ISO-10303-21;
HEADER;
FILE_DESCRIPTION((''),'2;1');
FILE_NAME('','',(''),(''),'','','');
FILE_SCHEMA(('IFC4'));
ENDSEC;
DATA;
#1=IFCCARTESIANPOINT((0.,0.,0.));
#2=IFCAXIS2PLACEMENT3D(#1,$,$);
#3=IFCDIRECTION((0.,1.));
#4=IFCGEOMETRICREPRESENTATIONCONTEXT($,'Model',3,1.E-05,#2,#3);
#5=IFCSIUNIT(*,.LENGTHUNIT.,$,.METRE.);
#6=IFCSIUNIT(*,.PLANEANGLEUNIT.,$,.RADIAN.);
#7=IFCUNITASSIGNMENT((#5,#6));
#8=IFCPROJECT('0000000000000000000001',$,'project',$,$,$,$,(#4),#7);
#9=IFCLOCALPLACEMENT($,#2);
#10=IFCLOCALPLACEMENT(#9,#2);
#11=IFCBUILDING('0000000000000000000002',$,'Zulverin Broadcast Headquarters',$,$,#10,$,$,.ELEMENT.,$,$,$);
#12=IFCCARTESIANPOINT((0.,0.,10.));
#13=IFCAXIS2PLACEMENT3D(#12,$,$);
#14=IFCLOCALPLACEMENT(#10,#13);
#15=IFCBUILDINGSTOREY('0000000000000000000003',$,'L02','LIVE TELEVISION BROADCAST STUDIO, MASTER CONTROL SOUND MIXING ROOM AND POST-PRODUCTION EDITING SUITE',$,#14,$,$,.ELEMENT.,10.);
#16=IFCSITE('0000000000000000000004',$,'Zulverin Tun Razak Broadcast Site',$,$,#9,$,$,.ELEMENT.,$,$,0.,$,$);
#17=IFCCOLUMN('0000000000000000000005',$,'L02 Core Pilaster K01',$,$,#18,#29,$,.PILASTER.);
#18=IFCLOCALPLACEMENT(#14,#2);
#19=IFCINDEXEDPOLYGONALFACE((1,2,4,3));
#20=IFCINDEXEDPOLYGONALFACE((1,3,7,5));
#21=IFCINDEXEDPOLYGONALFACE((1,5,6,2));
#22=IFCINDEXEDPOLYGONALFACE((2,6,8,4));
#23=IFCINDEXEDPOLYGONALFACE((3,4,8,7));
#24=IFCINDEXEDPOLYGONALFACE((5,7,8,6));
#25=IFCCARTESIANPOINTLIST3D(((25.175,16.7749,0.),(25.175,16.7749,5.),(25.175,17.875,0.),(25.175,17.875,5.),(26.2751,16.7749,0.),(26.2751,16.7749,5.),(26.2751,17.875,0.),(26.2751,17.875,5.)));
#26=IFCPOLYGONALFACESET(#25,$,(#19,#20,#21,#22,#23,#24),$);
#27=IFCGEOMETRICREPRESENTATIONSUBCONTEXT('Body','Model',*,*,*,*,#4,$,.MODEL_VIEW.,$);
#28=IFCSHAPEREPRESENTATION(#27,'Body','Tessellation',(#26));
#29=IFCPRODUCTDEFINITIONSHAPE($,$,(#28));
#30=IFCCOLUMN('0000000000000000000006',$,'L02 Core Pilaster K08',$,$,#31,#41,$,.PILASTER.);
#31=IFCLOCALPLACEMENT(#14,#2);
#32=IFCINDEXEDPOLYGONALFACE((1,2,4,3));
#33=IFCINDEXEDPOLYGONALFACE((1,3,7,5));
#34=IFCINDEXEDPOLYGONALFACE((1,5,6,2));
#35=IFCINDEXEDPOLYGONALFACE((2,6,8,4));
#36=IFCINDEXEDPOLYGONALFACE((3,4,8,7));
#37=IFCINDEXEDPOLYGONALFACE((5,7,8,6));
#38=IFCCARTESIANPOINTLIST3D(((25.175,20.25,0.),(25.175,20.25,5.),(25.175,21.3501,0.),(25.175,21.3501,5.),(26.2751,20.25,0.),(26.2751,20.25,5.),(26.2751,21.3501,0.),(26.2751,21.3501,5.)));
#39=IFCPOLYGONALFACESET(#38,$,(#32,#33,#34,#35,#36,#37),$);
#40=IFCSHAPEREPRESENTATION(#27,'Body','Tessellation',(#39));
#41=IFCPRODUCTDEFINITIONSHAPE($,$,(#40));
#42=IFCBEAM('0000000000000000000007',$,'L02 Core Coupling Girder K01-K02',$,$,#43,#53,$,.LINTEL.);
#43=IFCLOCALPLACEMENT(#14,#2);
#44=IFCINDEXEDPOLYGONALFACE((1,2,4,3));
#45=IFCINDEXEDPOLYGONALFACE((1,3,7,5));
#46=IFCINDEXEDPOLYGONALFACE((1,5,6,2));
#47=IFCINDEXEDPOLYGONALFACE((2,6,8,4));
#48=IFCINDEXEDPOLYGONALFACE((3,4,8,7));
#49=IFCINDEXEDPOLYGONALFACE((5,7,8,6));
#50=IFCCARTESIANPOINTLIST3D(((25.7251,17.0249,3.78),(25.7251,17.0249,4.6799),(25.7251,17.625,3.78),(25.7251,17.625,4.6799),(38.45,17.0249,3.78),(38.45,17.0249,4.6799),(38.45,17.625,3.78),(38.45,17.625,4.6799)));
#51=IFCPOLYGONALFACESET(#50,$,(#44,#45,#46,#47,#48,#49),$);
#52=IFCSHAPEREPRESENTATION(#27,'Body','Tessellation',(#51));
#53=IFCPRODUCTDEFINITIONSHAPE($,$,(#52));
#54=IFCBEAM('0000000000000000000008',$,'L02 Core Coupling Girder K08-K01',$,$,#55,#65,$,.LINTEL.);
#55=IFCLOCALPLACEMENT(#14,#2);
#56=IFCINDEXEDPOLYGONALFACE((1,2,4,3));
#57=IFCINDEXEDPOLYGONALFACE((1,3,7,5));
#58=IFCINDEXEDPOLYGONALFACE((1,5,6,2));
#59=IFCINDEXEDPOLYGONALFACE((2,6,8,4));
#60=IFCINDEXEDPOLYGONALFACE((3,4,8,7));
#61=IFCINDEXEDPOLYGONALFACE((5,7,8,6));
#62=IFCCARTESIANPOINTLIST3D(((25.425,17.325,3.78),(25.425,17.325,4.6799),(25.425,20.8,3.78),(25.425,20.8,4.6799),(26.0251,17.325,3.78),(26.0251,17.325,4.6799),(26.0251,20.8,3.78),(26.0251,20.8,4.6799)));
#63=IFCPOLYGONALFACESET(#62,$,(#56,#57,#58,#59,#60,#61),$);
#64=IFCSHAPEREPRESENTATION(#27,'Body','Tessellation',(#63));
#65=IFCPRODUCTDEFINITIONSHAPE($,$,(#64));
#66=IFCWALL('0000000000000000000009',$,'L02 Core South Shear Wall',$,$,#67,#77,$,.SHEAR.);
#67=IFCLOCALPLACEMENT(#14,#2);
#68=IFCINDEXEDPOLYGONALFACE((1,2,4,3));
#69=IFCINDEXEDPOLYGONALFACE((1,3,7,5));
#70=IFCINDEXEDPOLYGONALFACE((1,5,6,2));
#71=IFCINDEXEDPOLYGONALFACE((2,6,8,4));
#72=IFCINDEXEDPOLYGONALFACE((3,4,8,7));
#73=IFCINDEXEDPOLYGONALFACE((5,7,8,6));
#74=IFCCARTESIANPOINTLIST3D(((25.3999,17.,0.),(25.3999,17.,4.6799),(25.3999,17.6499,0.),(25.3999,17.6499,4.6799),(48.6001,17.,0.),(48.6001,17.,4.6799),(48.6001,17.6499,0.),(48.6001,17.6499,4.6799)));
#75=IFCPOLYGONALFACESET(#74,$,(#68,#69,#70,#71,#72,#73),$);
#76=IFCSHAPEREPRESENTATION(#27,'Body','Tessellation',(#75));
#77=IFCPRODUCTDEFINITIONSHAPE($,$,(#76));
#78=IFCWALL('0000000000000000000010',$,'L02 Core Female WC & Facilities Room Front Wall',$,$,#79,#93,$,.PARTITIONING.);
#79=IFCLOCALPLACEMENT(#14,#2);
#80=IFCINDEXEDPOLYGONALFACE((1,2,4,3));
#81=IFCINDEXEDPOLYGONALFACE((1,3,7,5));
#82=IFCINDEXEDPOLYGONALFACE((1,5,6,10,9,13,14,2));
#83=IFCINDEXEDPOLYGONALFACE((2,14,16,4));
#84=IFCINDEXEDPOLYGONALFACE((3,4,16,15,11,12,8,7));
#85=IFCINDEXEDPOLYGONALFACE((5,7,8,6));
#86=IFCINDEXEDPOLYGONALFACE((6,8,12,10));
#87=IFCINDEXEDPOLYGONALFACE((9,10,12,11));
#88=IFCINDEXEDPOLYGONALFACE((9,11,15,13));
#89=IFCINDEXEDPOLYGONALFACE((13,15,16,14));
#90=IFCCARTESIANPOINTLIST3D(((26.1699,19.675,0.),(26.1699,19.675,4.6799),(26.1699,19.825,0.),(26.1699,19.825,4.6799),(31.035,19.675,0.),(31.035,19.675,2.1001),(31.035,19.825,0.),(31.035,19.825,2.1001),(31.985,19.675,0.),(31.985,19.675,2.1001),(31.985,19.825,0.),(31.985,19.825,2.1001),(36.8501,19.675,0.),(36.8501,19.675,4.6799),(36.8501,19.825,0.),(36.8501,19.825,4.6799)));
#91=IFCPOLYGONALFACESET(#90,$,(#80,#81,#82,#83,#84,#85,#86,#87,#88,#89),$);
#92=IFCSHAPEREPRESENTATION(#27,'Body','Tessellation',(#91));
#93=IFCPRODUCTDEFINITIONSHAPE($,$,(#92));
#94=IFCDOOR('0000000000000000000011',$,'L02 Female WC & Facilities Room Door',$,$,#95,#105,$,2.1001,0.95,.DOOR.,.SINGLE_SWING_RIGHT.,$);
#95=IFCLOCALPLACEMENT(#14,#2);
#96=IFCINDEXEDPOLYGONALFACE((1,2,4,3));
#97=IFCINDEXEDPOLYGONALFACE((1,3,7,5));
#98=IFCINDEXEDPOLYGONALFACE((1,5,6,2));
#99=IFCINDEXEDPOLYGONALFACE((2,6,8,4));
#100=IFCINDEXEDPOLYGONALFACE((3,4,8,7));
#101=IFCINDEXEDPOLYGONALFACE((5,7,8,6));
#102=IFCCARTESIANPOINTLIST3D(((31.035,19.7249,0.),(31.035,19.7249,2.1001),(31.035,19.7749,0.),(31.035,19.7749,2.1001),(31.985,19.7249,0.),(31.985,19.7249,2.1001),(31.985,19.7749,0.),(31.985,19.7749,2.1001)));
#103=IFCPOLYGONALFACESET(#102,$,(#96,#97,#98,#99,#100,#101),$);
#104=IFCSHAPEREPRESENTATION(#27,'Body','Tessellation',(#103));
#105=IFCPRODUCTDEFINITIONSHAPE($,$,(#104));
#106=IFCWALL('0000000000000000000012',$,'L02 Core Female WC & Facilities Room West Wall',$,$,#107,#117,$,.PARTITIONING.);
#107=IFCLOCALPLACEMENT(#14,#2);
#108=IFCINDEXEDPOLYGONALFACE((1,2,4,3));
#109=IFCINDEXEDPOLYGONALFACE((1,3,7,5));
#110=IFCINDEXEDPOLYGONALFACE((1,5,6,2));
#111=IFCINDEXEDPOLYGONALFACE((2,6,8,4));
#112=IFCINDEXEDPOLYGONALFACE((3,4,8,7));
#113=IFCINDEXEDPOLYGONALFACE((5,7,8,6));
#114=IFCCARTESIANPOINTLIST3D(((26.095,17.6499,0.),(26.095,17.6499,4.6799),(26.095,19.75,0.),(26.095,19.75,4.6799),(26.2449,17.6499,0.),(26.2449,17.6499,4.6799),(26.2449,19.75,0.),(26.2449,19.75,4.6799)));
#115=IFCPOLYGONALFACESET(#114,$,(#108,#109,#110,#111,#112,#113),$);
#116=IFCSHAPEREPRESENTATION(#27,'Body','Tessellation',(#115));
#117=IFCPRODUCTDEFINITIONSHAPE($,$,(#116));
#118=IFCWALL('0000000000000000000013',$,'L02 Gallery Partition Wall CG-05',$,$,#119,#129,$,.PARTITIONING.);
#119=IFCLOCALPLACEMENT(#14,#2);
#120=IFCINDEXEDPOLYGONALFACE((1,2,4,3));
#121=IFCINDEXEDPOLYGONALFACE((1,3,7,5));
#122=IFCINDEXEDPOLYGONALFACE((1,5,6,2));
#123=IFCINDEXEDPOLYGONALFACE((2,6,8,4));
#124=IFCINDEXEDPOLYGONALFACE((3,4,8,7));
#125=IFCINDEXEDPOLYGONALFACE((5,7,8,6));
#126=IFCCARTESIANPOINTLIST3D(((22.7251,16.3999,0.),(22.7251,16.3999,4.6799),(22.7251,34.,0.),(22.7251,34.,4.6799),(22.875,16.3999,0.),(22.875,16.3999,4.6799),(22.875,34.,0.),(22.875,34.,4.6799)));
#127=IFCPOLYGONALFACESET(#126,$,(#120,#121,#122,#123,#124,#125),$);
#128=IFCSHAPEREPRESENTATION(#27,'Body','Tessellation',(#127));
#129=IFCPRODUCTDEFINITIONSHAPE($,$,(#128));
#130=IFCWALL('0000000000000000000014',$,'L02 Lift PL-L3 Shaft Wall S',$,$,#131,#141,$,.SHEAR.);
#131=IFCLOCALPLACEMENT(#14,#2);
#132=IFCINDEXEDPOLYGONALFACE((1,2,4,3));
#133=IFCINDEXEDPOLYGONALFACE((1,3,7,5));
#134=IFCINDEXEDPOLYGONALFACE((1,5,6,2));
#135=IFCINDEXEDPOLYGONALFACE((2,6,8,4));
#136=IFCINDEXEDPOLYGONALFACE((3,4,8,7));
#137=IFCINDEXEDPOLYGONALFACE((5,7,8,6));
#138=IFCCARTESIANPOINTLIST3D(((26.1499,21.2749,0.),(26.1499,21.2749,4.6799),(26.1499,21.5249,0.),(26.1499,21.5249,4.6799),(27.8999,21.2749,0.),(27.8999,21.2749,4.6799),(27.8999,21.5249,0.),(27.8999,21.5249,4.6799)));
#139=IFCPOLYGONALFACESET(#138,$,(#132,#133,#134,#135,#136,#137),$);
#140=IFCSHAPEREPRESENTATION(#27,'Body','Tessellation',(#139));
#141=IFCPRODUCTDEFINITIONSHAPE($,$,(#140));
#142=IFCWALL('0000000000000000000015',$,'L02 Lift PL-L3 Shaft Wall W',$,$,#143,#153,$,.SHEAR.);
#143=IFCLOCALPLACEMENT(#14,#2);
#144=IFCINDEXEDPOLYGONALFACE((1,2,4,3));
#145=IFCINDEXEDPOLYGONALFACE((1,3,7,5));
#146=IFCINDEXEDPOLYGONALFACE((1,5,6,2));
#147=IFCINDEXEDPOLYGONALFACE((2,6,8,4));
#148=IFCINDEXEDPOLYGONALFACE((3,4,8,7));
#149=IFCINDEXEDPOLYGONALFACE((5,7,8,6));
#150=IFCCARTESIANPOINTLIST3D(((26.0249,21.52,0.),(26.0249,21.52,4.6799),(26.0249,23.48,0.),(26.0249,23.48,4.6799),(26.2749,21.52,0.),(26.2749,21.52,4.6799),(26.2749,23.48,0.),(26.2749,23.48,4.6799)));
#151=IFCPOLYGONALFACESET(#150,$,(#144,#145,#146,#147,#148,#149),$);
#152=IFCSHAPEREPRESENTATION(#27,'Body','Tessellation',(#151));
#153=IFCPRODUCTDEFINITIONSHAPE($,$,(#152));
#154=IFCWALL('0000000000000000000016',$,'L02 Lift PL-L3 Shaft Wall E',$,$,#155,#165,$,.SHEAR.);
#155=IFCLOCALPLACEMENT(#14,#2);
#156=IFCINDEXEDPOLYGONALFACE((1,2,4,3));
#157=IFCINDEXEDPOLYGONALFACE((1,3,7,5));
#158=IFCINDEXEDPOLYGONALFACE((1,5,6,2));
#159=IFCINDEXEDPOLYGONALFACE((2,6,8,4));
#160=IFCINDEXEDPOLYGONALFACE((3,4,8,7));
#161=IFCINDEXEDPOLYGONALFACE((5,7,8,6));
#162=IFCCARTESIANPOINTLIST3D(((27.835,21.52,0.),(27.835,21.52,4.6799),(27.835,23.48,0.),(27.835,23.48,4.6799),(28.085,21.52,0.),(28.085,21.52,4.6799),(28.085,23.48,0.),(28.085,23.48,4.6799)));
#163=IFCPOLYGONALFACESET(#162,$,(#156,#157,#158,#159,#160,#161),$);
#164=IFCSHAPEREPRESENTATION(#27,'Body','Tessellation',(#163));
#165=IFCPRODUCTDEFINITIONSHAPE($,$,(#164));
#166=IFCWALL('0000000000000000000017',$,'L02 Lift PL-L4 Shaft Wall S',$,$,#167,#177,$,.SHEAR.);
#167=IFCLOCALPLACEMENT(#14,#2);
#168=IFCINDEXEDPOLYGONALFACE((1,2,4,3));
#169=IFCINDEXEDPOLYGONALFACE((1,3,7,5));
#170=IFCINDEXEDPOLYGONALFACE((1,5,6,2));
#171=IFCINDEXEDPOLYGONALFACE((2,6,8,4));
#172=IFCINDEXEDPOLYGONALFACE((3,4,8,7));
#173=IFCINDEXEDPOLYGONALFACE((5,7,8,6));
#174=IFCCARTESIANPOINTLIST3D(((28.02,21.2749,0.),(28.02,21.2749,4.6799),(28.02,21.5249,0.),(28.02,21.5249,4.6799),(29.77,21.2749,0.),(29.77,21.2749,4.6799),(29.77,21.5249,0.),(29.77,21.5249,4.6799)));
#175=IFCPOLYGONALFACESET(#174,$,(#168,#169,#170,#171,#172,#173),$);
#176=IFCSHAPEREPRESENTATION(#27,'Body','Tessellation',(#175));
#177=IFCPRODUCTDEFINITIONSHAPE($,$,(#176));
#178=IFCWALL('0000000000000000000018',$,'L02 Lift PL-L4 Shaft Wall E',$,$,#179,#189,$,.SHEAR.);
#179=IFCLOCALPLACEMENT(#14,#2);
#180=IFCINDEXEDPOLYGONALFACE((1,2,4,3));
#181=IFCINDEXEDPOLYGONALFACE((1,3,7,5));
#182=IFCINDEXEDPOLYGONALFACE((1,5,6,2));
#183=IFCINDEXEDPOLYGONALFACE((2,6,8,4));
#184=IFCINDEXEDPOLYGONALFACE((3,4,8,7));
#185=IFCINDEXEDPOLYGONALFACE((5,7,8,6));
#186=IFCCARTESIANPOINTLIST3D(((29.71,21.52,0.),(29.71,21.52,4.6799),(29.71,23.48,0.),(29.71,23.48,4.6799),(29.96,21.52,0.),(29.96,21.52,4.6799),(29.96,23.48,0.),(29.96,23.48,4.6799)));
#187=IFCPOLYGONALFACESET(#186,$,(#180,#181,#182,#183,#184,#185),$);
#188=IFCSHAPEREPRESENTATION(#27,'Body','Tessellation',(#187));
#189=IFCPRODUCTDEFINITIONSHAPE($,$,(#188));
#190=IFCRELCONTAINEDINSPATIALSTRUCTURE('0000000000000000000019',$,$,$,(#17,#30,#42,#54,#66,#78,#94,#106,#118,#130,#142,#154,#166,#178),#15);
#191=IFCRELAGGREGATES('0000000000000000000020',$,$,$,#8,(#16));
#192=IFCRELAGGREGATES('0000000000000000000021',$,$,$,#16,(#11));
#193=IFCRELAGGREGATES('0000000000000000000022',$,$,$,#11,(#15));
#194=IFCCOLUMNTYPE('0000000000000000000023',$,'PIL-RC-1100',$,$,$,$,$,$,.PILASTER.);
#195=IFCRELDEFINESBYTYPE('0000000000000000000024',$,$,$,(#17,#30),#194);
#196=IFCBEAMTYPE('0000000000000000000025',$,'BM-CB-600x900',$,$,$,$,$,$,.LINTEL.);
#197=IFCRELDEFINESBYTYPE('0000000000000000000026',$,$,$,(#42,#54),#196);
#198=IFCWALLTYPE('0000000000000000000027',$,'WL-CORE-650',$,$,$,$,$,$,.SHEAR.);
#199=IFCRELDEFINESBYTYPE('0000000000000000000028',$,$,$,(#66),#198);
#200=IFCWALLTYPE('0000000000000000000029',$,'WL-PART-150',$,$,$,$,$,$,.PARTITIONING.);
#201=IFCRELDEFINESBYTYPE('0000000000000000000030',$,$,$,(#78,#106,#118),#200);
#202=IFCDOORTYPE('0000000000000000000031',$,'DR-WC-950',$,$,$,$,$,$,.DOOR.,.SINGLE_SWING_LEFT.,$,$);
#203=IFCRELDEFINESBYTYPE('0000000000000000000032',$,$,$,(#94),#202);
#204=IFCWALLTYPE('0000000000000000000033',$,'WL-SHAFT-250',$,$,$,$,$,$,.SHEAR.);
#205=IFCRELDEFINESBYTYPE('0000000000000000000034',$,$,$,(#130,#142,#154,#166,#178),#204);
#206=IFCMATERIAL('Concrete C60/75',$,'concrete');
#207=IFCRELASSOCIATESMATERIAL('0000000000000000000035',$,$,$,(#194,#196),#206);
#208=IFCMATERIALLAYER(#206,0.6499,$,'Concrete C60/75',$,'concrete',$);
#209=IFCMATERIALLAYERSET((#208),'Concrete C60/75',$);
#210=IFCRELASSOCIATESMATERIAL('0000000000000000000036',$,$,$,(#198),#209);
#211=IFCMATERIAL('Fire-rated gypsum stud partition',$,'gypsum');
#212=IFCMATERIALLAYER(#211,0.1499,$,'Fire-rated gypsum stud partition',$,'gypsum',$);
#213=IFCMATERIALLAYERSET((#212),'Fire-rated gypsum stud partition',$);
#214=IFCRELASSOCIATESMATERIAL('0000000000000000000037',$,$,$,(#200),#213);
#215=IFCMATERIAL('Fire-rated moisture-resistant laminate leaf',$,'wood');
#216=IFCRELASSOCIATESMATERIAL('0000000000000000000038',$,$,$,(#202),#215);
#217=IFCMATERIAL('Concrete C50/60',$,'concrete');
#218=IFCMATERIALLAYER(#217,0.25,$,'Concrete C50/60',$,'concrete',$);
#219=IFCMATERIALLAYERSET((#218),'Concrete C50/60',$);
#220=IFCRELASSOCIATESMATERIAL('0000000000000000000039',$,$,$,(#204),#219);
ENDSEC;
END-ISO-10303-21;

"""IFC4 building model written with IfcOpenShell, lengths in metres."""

from ifc_helpers import new_model, si_unit, direction, frame, frame_2d, origin, origin_2d, place, context, subcontext, project, spatial, rectangle, extrude, material, layer, layer_set, material_profile, profile_set, type_object, element, fill, save


model = new_model("IFC4")

# Units and contexts
model_context = context("Model", 3, precision=1e-05, world=origin(), true_north=direction((0.0, 1.0)))
body_context = subcontext(model_context, "Body", "Model", "MODEL_VIEW")
ifc_project = project(units=[si_unit("LENGTHUNIT", "METRE"), si_unit("PLANEANGLEUNIT", "RADIAN")], contexts=[model_context])

# Site, building, storey
site_placement = place(None, origin())
site = spatial("IfcSite", under=ifc_project, at=site_placement, Name="Zulverin Tun Razak Broadcast Site", CompositionType="ELEMENT", RefElevation=0.0)
building_placement = place(site_placement, origin())
building = spatial("IfcBuilding", under=site, at=building_placement, Name="Zulverin Broadcast Headquarters", CompositionType="ELEMENT")
storey_placement = place(building_placement, frame((0.0, 0.0, 10.0)))
storey = spatial("IfcBuildingStorey", under=building, at=storey_placement, Name="L02", Description="LIVE TELEVISION BROADCAST STUDIO, MASTER CONTROL SOUND MIXING ROOM AND POST-PRODUCTION EDITING SUITE", CompositionType="ELEMENT", Elevation=10.0)

# Columns
ifc_material_1 = material(Name="Concrete C60/75", Category="concrete")
ifc_material_profile_1 = material_profile(ifc_material_1, rectangle(XDim=1.1001, YDim=1.1001, at=origin_2d()), Name="Concrete C60/75", Category="concrete")
ifc_profile_set_1 = profile_set([ifc_material_profile_1], Name="Concrete C60/75")
column_type = type_object("IfcColumnType", Name="PIL-RC-1100", PredefinedType="PILASTER", material=ifc_profile_set_1)
for number, where, z_axis, x_axis, name in (
    (1, (25.7251, 17.325, 0.0), (0.0, 0.0, 1.0), (1.0, 0.0, 0.0), "L02 Core Pilaster K01"),
    (2, (25.7251, 20.8, 0.0), (0.0, 0.0, 1.0), (1.0, 0.0, 0.0), "L02 Core Pilaster K08"),
):
    element("IfcColumn", number, at=place(storey_placement, frame(where, z_axis=z_axis, x_axis=x_axis)), inside=storey, type_object=column_type, Name=name, PredefinedType="PILASTER", context=body_context, shape_type="SweptSolid", body=[
        extrude(rectangle(XDim=1.1001, YDim=1.1001, at=origin_2d()), origin(), (0.0, 0.0, 1.0), 5.0),
    ])

# Beams
ifc_material_profile_2 = material_profile(ifc_material_1, rectangle(XDim=0.6001, YDim=0.8999, at=origin_2d()), Name="Concrete C60/75", Category="concrete")
ifc_profile_set_2 = profile_set([ifc_material_profile_2], Name="Concrete C60/75")
beam_type = type_object("IfcBeamType", Name="BM-CB-600x900", PredefinedType="LINTEL", material=ifc_profile_set_2)
beam_1_placement = place(storey_placement, frame((25.7251, 17.325, 4.23), z_axis=(1.0, 0.0, 0.0), x_axis=(0.0, 1.0, 0.0)))
element("IfcBeam", 3, at=beam_1_placement, inside=storey, type_object=beam_type, Name="L02 Core Coupling Girder K01-K02", PredefinedType="LINTEL", context=body_context, shape_type="SweptSolid", body=[
    extrude(rectangle(XDim=0.6001, YDim=0.8999, at=origin_2d()), origin(), (0.0, 0.0, 1.0), 12.7249),
])
beam_2_placement = place(storey_placement, frame((25.7251, 20.8, 4.23), z_axis=(0.0, -1.0, 0.0), x_axis=(1.0, 0.0, 0.0)))
element("IfcBeam", 4, at=beam_2_placement, inside=storey, type_object=beam_type, Name="L02 Core Coupling Girder K08-K01", PredefinedType="LINTEL", context=body_context, shape_type="SweptSolid", body=[
    extrude(rectangle(XDim=0.6001, YDim=0.8999, at=origin_2d()), origin(), (0.0, 0.0, 1.0), 3.4751),
])

# Wall
ifc_layer_1 = layer(ifc_material_1, 0.6499, Name="Concrete C60/75", Category="concrete")
ifc_layer_set_1 = layer_set([ifc_layer_1], Name="Concrete C60/75")
wall_type_1 = type_object("IfcWallType", Name="WL-CORE-650", PredefinedType="SHEAR", material=ifc_layer_set_1)
wall_1_placement = place(storey_placement, frame((25.3999, 17.325, 0.0), z_axis=(0.0, 0.0, 1.0), x_axis=(1.0, 0.0, 0.0)))
element("IfcWall", 5, at=wall_1_placement, inside=storey, type_object=wall_type_1, Name="L02 Core South Shear Wall", PredefinedType="SHEAR", context=body_context, shape_type="SweptSolid", body=[
    extrude(rectangle(XDim=23.2002, YDim=0.6499, at=frame_2d((11.6001, 0.0))), origin(), (0.0, 0.0, 1.0), 4.6799),
])

# Wall, opening, door
ifc_material_2 = material(Name="Fire-rated gypsum stud partition", Category="gypsum")
ifc_layer_2 = layer(ifc_material_2, 0.1499, Name="Fire-rated gypsum stud partition", Category="gypsum")
ifc_layer_set_2 = layer_set([ifc_layer_2], Name="Fire-rated gypsum stud partition")
wall_type_2 = type_object("IfcWallType", Name="WL-PART-150", PredefinedType="PARTITIONING", material=ifc_layer_set_2)
wall_2_placement = place(storey_placement, frame((26.1699, 19.75, 0.0), z_axis=(0.0, 0.0, 1.0), x_axis=(1.0, 0.0, 0.0)))
wall_2 = element("IfcWall", 6, at=wall_2_placement, inside=storey, type_object=wall_type_2, Name="L02 Core Female WC & Facilities Room Front Wall", PredefinedType="PARTITIONING", context=body_context, shape_type="SweptSolid", body=[
    extrude(rectangle(XDim=10.6802, YDim=0.1499, at=frame_2d((5.3401, 0.0))), origin(), (0.0, 0.0, 1.0), 4.6799),
])
opening_1_placement = place(wall_2_placement, frame((4.865, 0.0, 0.0)))
opening_1 = element("IfcOpeningElement", 7, at=opening_1_placement, cuts=wall_2, PredefinedType="OPENING", context=body_context, shape_type="SweptSolid", body=[
    extrude(rectangle(XDim=0.95, YDim=2.1001, at=frame_2d((0.4751, 1.05))), frame((0.0, 0.085, 0.0), z_axis=(0.0, -1.0, 0.0), x_axis=(1.0, 0.0, 0.0)), (0.0, 0.0, 1.0), 0.1699),
])
ifc_material_3 = material(Name="Fire-rated moisture-resistant laminate leaf", Category="wood")
door_type_1 = type_object("IfcDoorType", Name="DR-WC-950", OperationType="SINGLE_SWING_LEFT", PredefinedType="DOOR", material=ifc_material_3)
door_1_placement = place(opening_1_placement, origin())
door_1 = element("IfcDoor", 8, at=door_1_placement, inside=storey, type_object=door_type_1, Name="L02 Female WC & Facilities Room Door", OperationType="SINGLE_SWING_RIGHT", OverallHeight=2.1001, OverallWidth=0.95, PredefinedType="DOOR", context=body_context, shape_type="SweptSolid", body=[
    extrude(rectangle(XDim=0.95, YDim=2.1001, at=frame_2d((0.4751, 1.05))), frame((0.0, 0.0249, 0.0), z_axis=(0.0, -1.0, 0.0), x_axis=(1.0, 0.0, 0.0)), (0.0, 0.0, 1.0), 0.05),
])
fill(opening_1, door_1)

# Walls
wall_3_placement = place(storey_placement, frame((26.1699, 17.6499, 0.0), z_axis=(0.0, 0.0, 1.0), x_axis=(0.0, 1.0, 0.0)))
element("IfcWall", 9, at=wall_3_placement, inside=storey, type_object=wall_type_2, Name="L02 Core Female WC & Facilities Room West Wall", PredefinedType="PARTITIONING", context=body_context, shape_type="SweptSolid", body=[
    extrude(rectangle(XDim=2.1001, YDim=0.1499, at=frame_2d((1.05, 0.0))), origin(), (0.0, 0.0, 1.0), 4.6799),
])
wall_4_placement = place(storey_placement, frame((22.8, 16.3999, 0.0), z_axis=(0.0, 0.0, 1.0), x_axis=(0.0, 1.0, 0.0)))
element("IfcWall", 10, at=wall_4_placement, inside=storey, type_object=wall_type_2, Name="L02 Gallery Partition Wall CG-05", PredefinedType="PARTITIONING", context=body_context, shape_type="SweptSolid", body=[
    extrude(rectangle(XDim=17.6001, YDim=0.1499, at=frame_2d((8.8, 0.0))), origin(), (0.0, 0.0, 1.0), 4.6799),
])

# Shared definitions
ifc_material_4 = material(Name="Concrete C50/60", Category="concrete")
ifc_layer_3 = layer(ifc_material_4, 0.25, Name="Concrete C50/60", Category="concrete")
ifc_layer_set_3 = layer_set([ifc_layer_3], Name="Concrete C50/60")
wall_type_3 = type_object("IfcWallType", Name="WL-SHAFT-250", PredefinedType="SHEAR", material=ifc_layer_set_3)

# Wall
wall_5_placement = place(storey_placement, frame((26.1499, 21.3999, 0.0), z_axis=(0.0, 0.0, 1.0), x_axis=(1.0, 0.0, 0.0)))
element("IfcWall", 11, at=wall_5_placement, inside=storey, type_object=wall_type_3, Name="L02 Lift PL-L3 Shaft Wall S", PredefinedType="SHEAR", context=body_context, shape_type="SweptSolid", body=[
    extrude(rectangle(XDim=1.75, YDim=0.25, at=frame_2d((0.875, 0.0))), origin(), (0.0, 0.0, 1.0), 4.6799),
])

# Walls
for number, where, z_axis, x_axis, name in (
    (12, (26.1499, 21.52, 0.0), (0.0, 0.0, 1.0), (0.0, 1.0, 0.0), "L02 Lift PL-L3 Shaft Wall W"),
    (13, (27.96, 21.52, 0.0), (0.0, 0.0, 1.0), (0.0, 1.0, 0.0), "L02 Lift PL-L3 Shaft Wall E"),
):
    element("IfcWall", number, at=place(storey_placement, frame(where, z_axis=z_axis, x_axis=x_axis)), inside=storey, type_object=wall_type_3, Name=name, PredefinedType="SHEAR", context=body_context, shape_type="SweptSolid", body=[
        extrude(rectangle(XDim=1.96, YDim=0.25, at=frame_2d((0.98, 0.0))), origin(), (0.0, 0.0, 1.0), 4.6799),
    ])
wall_6_placement = place(storey_placement, frame((28.02, 21.3999, 0.0), z_axis=(0.0, 0.0, 1.0), x_axis=(1.0, 0.0, 0.0)))
element("IfcWall", 14, at=wall_6_placement, inside=storey, type_object=wall_type_3, Name="L02 Lift PL-L4 Shaft Wall S", PredefinedType="SHEAR", context=body_context, shape_type="SweptSolid", body=[
    extrude(rectangle(XDim=1.75, YDim=0.25, at=frame_2d((0.875, 0.0))), origin(), (0.0, 0.0, 1.0), 4.6799),
])

# Wall
wall_7_placement = place(storey_placement, frame((29.835, 21.52, 0.0), z_axis=(0.0, 0.0, 1.0), x_axis=(0.0, 1.0, 0.0)))
element("IfcWall", 15, at=wall_7_placement, inside=storey, type_object=wall_type_3, Name="L02 Lift PL-L4 Shaft Wall E", PredefinedType="SHEAR", context=body_context, shape_type="SweptSolid", body=[
    extrude(rectangle(XDim=1.96, YDim=0.25, at=frame_2d((0.98, 0.0))), origin(), (0.0, 0.0, 1.0), 4.6799),
])

save(model, "model.ifc")
